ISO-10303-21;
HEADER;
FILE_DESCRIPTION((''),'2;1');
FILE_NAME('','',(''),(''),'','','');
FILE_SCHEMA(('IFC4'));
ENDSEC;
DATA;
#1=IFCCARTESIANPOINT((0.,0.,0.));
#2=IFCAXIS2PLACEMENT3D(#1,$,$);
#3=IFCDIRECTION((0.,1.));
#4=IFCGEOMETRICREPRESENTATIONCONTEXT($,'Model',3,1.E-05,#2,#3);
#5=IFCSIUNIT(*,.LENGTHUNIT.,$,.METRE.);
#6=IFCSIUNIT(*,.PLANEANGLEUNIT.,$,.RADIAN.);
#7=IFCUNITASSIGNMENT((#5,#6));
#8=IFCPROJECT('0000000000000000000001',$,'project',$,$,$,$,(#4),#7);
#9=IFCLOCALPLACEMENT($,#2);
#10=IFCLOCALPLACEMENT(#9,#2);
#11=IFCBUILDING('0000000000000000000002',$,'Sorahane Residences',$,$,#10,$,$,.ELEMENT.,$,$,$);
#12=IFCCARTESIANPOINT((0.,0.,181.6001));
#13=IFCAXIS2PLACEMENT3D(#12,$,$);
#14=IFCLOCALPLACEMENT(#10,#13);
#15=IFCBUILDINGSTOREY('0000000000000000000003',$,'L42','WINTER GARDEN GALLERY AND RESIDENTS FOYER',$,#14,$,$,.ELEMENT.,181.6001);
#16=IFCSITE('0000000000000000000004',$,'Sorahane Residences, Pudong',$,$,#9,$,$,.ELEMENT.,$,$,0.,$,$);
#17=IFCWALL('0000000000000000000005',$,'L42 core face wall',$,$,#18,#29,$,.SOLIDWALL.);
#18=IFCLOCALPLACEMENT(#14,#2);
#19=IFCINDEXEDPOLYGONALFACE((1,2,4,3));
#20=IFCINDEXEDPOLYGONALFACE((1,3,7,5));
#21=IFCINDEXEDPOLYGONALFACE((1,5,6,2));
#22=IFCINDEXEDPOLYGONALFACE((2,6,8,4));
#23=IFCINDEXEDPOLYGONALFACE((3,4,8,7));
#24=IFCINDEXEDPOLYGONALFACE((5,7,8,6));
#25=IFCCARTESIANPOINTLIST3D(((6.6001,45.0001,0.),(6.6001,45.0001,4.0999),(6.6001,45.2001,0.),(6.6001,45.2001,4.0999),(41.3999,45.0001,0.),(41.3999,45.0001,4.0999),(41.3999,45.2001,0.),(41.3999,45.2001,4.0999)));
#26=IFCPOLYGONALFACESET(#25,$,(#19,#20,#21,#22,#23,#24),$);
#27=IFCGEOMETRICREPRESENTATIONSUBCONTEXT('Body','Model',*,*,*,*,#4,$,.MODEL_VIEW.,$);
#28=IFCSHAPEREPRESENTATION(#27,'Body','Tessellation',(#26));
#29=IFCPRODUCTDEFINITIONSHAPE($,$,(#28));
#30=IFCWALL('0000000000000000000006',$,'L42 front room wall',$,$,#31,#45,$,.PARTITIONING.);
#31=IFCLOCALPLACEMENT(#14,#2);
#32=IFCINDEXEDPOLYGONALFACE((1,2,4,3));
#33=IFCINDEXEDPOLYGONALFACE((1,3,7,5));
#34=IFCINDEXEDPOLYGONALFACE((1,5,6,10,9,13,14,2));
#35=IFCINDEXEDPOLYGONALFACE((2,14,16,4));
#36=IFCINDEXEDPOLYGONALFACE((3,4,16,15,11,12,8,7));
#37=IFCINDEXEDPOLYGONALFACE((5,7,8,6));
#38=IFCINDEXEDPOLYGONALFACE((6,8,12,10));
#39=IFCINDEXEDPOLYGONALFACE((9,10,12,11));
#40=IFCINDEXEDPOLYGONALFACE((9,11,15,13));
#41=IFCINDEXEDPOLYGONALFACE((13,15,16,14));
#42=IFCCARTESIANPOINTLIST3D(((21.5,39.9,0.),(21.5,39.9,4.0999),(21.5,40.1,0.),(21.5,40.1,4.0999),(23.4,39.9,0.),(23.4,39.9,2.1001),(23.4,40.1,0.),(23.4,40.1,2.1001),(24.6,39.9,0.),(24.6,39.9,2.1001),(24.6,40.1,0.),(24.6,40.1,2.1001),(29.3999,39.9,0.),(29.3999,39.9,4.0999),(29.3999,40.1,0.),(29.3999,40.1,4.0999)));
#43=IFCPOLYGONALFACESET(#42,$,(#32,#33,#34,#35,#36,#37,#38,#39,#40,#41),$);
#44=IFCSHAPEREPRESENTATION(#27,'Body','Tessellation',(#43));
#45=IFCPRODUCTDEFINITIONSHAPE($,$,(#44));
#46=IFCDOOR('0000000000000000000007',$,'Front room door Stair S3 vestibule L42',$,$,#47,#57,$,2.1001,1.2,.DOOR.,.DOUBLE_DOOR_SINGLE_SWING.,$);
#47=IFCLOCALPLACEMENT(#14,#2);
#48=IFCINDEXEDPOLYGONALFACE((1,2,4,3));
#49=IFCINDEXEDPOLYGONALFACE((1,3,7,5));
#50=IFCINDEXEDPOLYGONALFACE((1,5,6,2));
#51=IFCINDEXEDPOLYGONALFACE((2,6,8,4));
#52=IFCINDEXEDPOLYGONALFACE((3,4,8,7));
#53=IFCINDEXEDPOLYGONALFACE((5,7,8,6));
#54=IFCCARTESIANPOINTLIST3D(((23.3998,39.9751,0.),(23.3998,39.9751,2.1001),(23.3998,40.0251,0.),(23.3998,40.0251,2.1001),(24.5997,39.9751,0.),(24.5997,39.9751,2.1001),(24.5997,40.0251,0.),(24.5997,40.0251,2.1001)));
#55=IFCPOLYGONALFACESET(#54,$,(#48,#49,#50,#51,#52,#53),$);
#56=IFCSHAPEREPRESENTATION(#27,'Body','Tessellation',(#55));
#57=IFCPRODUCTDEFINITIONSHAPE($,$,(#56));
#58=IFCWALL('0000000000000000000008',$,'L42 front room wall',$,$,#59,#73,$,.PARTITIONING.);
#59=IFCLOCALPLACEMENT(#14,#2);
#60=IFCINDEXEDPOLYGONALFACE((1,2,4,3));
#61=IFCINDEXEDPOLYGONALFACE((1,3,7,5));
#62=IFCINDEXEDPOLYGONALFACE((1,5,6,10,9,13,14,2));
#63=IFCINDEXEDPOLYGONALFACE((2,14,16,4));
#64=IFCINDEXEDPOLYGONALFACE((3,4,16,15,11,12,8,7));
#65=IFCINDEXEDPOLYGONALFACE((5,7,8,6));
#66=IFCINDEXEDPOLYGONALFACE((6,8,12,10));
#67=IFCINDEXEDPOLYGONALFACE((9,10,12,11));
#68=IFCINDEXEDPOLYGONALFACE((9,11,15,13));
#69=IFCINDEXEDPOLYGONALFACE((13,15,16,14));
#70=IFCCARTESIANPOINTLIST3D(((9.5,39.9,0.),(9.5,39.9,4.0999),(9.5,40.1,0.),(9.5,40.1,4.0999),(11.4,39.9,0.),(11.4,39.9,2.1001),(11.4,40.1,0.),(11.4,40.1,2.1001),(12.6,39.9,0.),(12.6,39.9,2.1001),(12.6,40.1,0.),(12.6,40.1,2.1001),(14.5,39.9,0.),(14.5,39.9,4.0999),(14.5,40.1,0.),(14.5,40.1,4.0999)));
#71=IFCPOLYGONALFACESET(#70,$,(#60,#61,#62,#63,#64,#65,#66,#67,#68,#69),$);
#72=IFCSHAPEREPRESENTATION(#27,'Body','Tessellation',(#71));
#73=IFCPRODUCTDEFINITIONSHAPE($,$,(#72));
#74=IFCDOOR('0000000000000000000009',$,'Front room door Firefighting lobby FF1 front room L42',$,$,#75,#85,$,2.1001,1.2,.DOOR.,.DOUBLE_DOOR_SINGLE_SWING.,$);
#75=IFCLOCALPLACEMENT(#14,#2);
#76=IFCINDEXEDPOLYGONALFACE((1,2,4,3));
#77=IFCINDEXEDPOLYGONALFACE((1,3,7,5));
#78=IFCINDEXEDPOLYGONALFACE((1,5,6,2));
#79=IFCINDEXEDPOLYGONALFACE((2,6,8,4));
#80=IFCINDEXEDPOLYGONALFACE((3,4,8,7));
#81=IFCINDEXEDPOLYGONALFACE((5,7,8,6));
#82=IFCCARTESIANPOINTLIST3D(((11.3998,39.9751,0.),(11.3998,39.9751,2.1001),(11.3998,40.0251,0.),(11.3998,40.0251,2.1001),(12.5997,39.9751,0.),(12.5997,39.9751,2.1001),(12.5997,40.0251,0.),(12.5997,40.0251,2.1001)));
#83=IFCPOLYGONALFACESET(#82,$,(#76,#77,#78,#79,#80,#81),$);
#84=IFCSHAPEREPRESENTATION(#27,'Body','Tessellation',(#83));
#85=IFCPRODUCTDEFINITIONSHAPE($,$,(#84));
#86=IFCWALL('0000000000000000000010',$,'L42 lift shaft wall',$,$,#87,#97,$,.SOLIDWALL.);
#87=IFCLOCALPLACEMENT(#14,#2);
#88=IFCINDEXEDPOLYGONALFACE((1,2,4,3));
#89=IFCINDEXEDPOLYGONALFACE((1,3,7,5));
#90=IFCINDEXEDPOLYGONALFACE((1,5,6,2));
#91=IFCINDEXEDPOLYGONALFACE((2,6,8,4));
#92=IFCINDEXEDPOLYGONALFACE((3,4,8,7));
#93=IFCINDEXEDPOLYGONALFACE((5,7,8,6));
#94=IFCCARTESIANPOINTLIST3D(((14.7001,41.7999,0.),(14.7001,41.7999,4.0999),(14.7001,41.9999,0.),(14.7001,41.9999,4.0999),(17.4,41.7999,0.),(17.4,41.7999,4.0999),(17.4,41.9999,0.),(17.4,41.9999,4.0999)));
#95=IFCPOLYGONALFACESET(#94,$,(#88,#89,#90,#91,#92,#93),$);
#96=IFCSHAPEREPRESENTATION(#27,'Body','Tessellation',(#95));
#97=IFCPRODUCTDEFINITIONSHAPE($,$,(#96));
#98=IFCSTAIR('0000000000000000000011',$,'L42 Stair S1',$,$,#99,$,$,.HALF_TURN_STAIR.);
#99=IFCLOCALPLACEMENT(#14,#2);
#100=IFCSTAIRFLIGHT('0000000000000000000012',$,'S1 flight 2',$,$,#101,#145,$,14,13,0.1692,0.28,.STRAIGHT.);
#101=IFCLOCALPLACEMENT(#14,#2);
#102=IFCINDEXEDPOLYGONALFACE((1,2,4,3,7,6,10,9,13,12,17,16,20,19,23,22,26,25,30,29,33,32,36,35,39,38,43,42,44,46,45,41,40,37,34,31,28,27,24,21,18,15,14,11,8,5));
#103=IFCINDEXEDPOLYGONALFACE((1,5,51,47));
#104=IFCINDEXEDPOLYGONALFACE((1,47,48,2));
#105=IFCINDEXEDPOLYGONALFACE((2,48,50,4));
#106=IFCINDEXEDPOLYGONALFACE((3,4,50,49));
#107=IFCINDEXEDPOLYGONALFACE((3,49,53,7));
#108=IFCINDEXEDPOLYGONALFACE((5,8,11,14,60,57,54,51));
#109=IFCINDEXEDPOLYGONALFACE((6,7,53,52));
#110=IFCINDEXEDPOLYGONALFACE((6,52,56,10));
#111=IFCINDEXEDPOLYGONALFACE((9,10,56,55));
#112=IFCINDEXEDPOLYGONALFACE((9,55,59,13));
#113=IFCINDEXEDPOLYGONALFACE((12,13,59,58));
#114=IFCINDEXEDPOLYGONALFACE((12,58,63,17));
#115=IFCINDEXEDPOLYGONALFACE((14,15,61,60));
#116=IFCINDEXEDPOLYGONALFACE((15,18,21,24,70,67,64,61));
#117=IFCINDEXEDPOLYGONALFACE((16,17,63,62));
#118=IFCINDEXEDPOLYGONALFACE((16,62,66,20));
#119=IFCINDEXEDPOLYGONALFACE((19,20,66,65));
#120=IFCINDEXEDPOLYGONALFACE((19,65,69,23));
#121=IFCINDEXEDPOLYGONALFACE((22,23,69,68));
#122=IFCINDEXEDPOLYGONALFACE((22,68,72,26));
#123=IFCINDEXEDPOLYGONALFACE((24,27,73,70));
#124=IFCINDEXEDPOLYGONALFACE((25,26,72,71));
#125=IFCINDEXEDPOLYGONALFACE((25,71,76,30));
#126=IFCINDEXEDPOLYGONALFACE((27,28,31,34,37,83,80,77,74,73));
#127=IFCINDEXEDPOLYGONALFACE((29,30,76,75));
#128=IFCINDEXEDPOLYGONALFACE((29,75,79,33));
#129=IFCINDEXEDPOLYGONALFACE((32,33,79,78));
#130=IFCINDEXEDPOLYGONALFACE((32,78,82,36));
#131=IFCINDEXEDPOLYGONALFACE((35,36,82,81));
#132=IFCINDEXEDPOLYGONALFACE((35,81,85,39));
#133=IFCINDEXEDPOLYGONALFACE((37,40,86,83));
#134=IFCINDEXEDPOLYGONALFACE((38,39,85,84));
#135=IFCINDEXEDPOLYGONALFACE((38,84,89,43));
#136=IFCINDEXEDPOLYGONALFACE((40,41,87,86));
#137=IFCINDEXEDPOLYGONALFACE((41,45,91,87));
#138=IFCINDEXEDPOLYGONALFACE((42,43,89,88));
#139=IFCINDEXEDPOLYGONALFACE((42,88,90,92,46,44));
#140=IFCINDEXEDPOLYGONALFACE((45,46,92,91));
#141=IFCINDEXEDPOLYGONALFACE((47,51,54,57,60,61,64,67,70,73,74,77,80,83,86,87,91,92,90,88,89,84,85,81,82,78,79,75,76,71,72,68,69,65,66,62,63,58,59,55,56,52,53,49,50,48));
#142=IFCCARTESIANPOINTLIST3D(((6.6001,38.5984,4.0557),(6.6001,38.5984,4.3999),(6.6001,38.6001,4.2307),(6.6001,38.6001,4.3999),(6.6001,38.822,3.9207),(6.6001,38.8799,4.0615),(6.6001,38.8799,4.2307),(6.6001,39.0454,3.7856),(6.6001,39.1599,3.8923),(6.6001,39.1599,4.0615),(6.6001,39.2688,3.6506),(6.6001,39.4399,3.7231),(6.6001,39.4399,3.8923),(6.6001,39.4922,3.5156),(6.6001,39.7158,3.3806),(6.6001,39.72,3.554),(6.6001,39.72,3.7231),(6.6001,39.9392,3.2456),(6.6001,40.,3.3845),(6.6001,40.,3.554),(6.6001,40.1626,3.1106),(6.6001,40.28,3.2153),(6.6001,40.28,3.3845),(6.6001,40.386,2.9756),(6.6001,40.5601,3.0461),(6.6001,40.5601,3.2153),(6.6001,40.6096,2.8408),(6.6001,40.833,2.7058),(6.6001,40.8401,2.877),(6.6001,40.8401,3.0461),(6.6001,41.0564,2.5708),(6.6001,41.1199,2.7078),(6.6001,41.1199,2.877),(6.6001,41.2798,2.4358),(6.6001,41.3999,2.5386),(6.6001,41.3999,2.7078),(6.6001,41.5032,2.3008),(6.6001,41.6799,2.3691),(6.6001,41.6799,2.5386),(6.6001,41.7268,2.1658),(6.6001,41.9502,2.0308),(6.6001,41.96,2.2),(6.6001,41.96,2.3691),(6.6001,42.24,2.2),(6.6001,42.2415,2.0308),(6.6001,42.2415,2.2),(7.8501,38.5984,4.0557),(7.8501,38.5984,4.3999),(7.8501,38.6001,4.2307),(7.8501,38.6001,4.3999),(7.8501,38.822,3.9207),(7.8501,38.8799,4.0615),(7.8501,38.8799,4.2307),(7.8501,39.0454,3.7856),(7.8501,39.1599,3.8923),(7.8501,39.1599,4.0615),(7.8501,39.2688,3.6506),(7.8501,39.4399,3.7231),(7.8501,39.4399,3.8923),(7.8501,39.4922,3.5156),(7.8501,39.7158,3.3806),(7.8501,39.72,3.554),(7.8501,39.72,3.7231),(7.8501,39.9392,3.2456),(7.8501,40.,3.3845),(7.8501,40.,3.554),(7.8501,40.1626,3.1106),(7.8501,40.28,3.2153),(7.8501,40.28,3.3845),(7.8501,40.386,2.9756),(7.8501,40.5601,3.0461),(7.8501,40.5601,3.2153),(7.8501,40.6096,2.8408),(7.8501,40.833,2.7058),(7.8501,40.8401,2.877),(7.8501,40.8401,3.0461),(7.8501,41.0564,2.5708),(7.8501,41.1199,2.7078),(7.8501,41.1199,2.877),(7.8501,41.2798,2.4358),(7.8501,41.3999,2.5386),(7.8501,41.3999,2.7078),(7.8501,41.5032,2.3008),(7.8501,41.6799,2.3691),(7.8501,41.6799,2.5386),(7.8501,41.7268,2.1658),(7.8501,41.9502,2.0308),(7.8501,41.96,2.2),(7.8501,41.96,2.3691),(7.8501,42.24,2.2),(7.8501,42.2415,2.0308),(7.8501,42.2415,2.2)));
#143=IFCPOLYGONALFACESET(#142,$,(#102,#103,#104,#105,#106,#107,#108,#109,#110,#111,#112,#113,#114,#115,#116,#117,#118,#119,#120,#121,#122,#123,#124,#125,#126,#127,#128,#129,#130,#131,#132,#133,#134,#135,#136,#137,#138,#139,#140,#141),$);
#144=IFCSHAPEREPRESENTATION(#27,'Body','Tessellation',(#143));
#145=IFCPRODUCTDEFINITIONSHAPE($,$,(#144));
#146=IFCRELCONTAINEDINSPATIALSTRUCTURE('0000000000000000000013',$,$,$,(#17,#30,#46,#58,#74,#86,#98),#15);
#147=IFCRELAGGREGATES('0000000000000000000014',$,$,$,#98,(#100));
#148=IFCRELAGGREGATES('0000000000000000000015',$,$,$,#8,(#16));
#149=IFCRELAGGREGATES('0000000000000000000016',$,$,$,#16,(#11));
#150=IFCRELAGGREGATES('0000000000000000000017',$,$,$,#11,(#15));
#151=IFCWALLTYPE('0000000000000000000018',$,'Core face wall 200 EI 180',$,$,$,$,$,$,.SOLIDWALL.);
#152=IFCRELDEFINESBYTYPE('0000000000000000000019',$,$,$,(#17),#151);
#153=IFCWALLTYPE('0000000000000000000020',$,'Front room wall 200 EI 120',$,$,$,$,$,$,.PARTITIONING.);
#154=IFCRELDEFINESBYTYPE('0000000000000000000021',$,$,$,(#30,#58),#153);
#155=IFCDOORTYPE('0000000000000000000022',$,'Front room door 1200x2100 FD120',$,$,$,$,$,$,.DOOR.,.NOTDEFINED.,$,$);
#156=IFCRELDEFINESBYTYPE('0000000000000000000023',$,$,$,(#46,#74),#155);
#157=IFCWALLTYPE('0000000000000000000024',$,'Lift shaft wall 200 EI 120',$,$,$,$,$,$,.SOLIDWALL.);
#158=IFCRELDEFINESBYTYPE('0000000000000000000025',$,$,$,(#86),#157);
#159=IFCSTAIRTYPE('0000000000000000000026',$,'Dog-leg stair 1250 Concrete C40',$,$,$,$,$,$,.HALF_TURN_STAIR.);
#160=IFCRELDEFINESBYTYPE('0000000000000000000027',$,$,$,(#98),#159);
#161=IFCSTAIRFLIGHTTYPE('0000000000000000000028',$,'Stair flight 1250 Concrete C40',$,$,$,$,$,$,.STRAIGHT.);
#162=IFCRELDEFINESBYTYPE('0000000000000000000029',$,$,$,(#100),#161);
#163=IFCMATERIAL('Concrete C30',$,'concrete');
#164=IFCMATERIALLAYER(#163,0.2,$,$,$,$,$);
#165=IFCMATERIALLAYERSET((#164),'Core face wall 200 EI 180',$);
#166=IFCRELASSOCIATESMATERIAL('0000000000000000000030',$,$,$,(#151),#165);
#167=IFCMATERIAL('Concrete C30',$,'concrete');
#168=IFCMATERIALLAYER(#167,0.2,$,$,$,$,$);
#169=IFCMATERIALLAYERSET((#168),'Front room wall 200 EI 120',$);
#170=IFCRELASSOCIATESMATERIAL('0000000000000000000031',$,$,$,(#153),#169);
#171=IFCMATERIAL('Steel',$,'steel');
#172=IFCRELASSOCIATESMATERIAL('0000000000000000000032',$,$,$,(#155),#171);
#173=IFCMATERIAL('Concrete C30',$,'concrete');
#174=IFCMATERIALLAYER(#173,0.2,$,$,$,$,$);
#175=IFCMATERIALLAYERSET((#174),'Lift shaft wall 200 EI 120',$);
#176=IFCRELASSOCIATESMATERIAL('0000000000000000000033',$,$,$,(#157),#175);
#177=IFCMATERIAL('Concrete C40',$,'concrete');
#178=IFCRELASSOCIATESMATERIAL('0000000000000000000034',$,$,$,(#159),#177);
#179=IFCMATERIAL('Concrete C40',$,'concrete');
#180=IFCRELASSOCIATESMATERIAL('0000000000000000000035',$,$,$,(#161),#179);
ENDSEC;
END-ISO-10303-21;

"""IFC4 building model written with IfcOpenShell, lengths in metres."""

from ifc_helpers import new_model, si_unit, direction, frame, frame_2d, origin, place, context, subcontext, project, spatial, polyline, rectangle, outline, extrude, material, layer, layer_set, type_object, element, fill, aggregate, save


model = new_model("IFC4")

# Units and contexts
model_context = context("Model", 3, precision=1e-05, world=origin(), true_north=direction((0.0, 1.0)))
body_context = subcontext(model_context, "Body", "Model", "MODEL_VIEW")
ifc_project = project(units=[si_unit("LENGTHUNIT", "METRE"), si_unit("PLANEANGLEUNIT", "RADIAN")], contexts=[model_context])

# Site, building, storey
site_placement = place(None, origin())
site = spatial("IfcSite", under=ifc_project, at=site_placement, Name="Sorahane Residences, Pudong", CompositionType="ELEMENT", RefElevation=0.0)
building_placement = place(site_placement, origin())
building = spatial("IfcBuilding", under=site, at=building_placement, Name="Sorahane Residences", CompositionType="ELEMENT")
storey_placement = place(building_placement, frame((0.0, 0.0, 181.6001)))
storey = spatial("IfcBuildingStorey", under=building, at=storey_placement, Name="L42", Description="WINTER GARDEN GALLERY AND RESIDENTS FOYER", CompositionType="ELEMENT", Elevation=181.6001)

# Wall
ifc_material_1 = material(Name="Concrete C30", Category="concrete")
ifc_layer_1 = layer(ifc_material_1, 0.2)
ifc_layer_set_1 = layer_set([ifc_layer_1], Name="Core face wall 200 EI 180")
wall_type_1 = type_object("IfcWallType", Name="Core face wall 200 EI 180", PredefinedType="SOLIDWALL", material=ifc_layer_set_1)
wall_1_placement = place(storey_placement, frame((6.6001, 45.1001, 0.0), z_axis=(0.0, 0.0, 1.0), x_axis=(1.0, 0.0, 0.0)))
element("IfcWall", 1, at=wall_1_placement, inside=storey, type_object=wall_type_1, Name="L42 core face wall", PredefinedType="SOLIDWALL", context=body_context, shape_type="SweptSolid", body=[
    extrude(rectangle(XDim=34.7998, YDim=0.2, at=frame_2d((17.3999, 0.0))), origin(), (0.0, 0.0, 1.0), 4.0999),
])

# Walls, openings, doors
ifc_material_2 = material(Name="Concrete C30", Category="concrete")
ifc_layer_2 = layer(ifc_material_2, 0.2)
ifc_layer_set_2 = layer_set([ifc_layer_2], Name="Front room wall 200 EI 120")
wall_type_2 = type_object("IfcWallType", Name="Front room wall 200 EI 120", PredefinedType="PARTITIONING", material=ifc_layer_set_2)
wall_2_placement = place(storey_placement, frame((21.5, 40.0, 0.0), z_axis=(0.0, 0.0, 1.0), x_axis=(1.0, 0.0, 0.0)))
wall_2 = element("IfcWall", 2, at=wall_2_placement, inside=storey, type_object=wall_type_2, Name="L42 front room wall", PredefinedType="PARTITIONING", context=body_context, shape_type="SweptSolid", body=[
    extrude(rectangle(XDim=7.8999, YDim=0.2, at=frame_2d((3.95, 0.0))), origin(), (0.0, 0.0, 1.0), 4.0999),
])
opening_1_placement = place(wall_2_placement, frame((1.8999, 0.0, 0.0)))
opening_1 = element("IfcOpeningElement", 3, at=opening_1_placement, cuts=wall_2, PredefinedType="OPENING", context=body_context, shape_type="SweptSolid", body=[
    extrude(rectangle(XDim=1.2, YDim=2.1001, at=frame_2d((0.6001, 1.05))), frame((0.0, 0.1099, 0.0), z_axis=(0.0, -1.0, 0.0), x_axis=(1.0, 0.0, 0.0)), (0.0, 0.0, 1.0), 0.22),
])
ifc_material_3 = material(Name="Steel", Category="steel")
door_type = type_object("IfcDoorType", Name="Front room door 1200x2100 FD120", OperationType="NOTDEFINED", PredefinedType="DOOR", material=ifc_material_3)
door_1_placement = place(opening_1_placement, frame((1.2, 0.0, 0.0), z_axis=(0.0, 0.0, 1.0), x_axis=(-1.0, 0.0, 0.0)))
door_1 = element("IfcDoor", 4, at=door_1_placement, inside=storey, type_object=door_type, Name="Front room door Stair S3 vestibule L42", OperationType="DOUBLE_DOOR_SINGLE_SWING", OverallHeight=2.1001, OverallWidth=1.2, PredefinedType="DOOR", context=body_context, shape_type="SweptSolid", body=[
    extrude(rectangle(XDim=1.2, YDim=2.1001, at=frame_2d((0.6001, 1.05))), frame((0.0, 0.0249, 0.0), z_axis=(0.0, -1.0, 0.0), x_axis=(1.0, 0.0, 0.0)), (0.0, 0.0, 1.0), 0.05),
])
fill(opening_1, door_1)
wall_3_placement = place(storey_placement, frame((9.5, 40.0, 0.0), z_axis=(0.0, 0.0, 1.0), x_axis=(1.0, 0.0, 0.0)))
wall_3 = element("IfcWall", 5, at=wall_3_placement, inside=storey, type_object=wall_type_2, Name="L42 front room wall", PredefinedType="PARTITIONING", context=body_context, shape_type="SweptSolid", body=[
    extrude(rectangle(XDim=5.0, YDim=0.2, at=frame_2d((2.5, 0.0))), origin(), (0.0, 0.0, 1.0), 4.0999),
])
opening_2_placement = place(wall_3_placement, frame((1.8999, 0.0, 0.0)))
opening_2 = element("IfcOpeningElement", 6, at=opening_2_placement, cuts=wall_3, PredefinedType="OPENING", context=body_context, shape_type="SweptSolid", body=[
    extrude(rectangle(XDim=1.2, YDim=2.1001, at=frame_2d((0.6001, 1.05))), frame((0.0, 0.1099, 0.0), z_axis=(0.0, -1.0, 0.0), x_axis=(1.0, 0.0, 0.0)), (0.0, 0.0, 1.0), 0.22),
])
door_2_placement = place(opening_2_placement, frame((1.2, 0.0, 0.0), z_axis=(0.0, 0.0, 1.0), x_axis=(-1.0, 0.0, 0.0)))
door_2 = element("IfcDoor", 7, at=door_2_placement, inside=storey, type_object=door_type, Name="Front room door Firefighting lobby FF1 front room L42", OperationType="DOUBLE_DOOR_SINGLE_SWING", OverallHeight=2.1001, OverallWidth=1.2, PredefinedType="DOOR", context=body_context, shape_type="SweptSolid", body=[
    extrude(rectangle(XDim=1.2, YDim=2.1001, at=frame_2d((0.6001, 1.05))), frame((0.0, 0.0249, 0.0), z_axis=(0.0, -1.0, 0.0), x_axis=(1.0, 0.0, 0.0)), (0.0, 0.0, 1.0), 0.05),
])
fill(opening_2, door_2)

# Wall
ifc_material_4 = material(Name="Concrete C30", Category="concrete")
ifc_layer_3 = layer(ifc_material_4, 0.2)
ifc_layer_set_3 = layer_set([ifc_layer_3], Name="Lift shaft wall 200 EI 120")
wall_type_3 = type_object("IfcWallType", Name="Lift shaft wall 200 EI 120", PredefinedType="SOLIDWALL", material=ifc_layer_set_3)
wall_4_placement = place(storey_placement, frame((14.7, 41.8999, 0.0), z_axis=(0.0, 0.0, 1.0), x_axis=(1.0, 0.0, 0.0)))
element("IfcWall", 8, at=wall_4_placement, inside=storey, type_object=wall_type_3, Name="L42 lift shaft wall", PredefinedType="SOLIDWALL", context=body_context, shape_type="SweptSolid", body=[
    extrude(rectangle(XDim=2.7, YDim=0.2, at=frame_2d((1.3501, 0.0))), origin(), (0.0, 0.0, 1.0), 4.0999),
])

# Stair, stair flight
ifc_material_5 = material(Name="Concrete C40", Category="concrete")
stair_type = type_object("IfcStairType", Name="Dog-leg stair 1250 Concrete C40", PredefinedType="HALF_TURN_STAIR", material=ifc_material_5)
stair_1_placement = place(storey_placement, origin())
stair_1 = element("IfcStair", 9, at=stair_1_placement, inside=storey, type_object=stair_type, Name="L42 Stair S1", PredefinedType="HALF_TURN_STAIR")
ifc_material_6 = material(Name="Concrete C40", Category="concrete")
stair_flight_type = type_object("IfcStairFlightType", Name="Stair flight 1250 Concrete C40", PredefinedType="STRAIGHT", material=ifc_material_6)
stair_flight_1_placement = place(storey_placement, frame((7.2251, 42.24, 2.0308), z_axis=(0.0, 0.0, 1.0), x_axis=(0.0, -1.0, 0.0)))
stair_flight_1 = element("IfcStairFlight", 10, at=stair_flight_1_placement, type_object=stair_flight_type, Name="S1 flight 2", NumberOfRisers=14, NumberOfTreads=13, PredefinedType="STRAIGHT", RiserHeight=0.1692, TreadLength=0.28, context=body_context, shape_type="SweptSolid", body=[
    extrude(outline(polyline([(-0.0015, 0.0), (-0.0015, 0.1692), (0.0, 0.1692), (0.28, 0.1692), (0.28, 0.3384), (0.5601, 0.3384), (0.5601, 0.5078), (0.8401, 0.5078), (0.8401, 0.677), (1.1201, 0.677), (1.1201, 0.8462), (1.3999, 0.8462), (1.3999, 1.0154), (1.6799, 1.0154), (1.6799, 1.1846), (1.96, 1.1846), (1.96, 1.3538), (2.24, 1.3538), (2.24, 1.5232), (2.52, 1.5232), (2.52, 1.6924), (2.8, 1.6924), (2.8, 1.8616), (3.0801, 1.8616), (3.0801, 2.0308), (3.3601, 2.0308), (3.3601, 2.2), (3.6399, 2.2), (3.6399, 2.3691), (3.6416, 2.3691), (3.6416, 2.0249), (3.418, 1.8899), (3.1946, 1.7549), (2.9712, 1.6199), (2.7478, 1.4849), (2.5242, 1.3499), (2.3008, 1.2148), (2.0774, 1.0798), (1.854, 0.9448), (1.6304, 0.8101), (1.407, 0.675), (1.1836, 0.54), (0.9602, 0.405), (0.7368, 0.27), (0.5132, 0.135), (0.2898, 0.0), (-0.0015, 0.0)])), frame((0.0, 0.625, 0.0), z_axis=(0.0, -1.0, 0.0), x_axis=(1.0, 0.0, 0.0)), (0.0, 0.0, 1.0), 1.25),
])
aggregate(stair_1, [stair_flight_1])

save(model, "model.ifc")
